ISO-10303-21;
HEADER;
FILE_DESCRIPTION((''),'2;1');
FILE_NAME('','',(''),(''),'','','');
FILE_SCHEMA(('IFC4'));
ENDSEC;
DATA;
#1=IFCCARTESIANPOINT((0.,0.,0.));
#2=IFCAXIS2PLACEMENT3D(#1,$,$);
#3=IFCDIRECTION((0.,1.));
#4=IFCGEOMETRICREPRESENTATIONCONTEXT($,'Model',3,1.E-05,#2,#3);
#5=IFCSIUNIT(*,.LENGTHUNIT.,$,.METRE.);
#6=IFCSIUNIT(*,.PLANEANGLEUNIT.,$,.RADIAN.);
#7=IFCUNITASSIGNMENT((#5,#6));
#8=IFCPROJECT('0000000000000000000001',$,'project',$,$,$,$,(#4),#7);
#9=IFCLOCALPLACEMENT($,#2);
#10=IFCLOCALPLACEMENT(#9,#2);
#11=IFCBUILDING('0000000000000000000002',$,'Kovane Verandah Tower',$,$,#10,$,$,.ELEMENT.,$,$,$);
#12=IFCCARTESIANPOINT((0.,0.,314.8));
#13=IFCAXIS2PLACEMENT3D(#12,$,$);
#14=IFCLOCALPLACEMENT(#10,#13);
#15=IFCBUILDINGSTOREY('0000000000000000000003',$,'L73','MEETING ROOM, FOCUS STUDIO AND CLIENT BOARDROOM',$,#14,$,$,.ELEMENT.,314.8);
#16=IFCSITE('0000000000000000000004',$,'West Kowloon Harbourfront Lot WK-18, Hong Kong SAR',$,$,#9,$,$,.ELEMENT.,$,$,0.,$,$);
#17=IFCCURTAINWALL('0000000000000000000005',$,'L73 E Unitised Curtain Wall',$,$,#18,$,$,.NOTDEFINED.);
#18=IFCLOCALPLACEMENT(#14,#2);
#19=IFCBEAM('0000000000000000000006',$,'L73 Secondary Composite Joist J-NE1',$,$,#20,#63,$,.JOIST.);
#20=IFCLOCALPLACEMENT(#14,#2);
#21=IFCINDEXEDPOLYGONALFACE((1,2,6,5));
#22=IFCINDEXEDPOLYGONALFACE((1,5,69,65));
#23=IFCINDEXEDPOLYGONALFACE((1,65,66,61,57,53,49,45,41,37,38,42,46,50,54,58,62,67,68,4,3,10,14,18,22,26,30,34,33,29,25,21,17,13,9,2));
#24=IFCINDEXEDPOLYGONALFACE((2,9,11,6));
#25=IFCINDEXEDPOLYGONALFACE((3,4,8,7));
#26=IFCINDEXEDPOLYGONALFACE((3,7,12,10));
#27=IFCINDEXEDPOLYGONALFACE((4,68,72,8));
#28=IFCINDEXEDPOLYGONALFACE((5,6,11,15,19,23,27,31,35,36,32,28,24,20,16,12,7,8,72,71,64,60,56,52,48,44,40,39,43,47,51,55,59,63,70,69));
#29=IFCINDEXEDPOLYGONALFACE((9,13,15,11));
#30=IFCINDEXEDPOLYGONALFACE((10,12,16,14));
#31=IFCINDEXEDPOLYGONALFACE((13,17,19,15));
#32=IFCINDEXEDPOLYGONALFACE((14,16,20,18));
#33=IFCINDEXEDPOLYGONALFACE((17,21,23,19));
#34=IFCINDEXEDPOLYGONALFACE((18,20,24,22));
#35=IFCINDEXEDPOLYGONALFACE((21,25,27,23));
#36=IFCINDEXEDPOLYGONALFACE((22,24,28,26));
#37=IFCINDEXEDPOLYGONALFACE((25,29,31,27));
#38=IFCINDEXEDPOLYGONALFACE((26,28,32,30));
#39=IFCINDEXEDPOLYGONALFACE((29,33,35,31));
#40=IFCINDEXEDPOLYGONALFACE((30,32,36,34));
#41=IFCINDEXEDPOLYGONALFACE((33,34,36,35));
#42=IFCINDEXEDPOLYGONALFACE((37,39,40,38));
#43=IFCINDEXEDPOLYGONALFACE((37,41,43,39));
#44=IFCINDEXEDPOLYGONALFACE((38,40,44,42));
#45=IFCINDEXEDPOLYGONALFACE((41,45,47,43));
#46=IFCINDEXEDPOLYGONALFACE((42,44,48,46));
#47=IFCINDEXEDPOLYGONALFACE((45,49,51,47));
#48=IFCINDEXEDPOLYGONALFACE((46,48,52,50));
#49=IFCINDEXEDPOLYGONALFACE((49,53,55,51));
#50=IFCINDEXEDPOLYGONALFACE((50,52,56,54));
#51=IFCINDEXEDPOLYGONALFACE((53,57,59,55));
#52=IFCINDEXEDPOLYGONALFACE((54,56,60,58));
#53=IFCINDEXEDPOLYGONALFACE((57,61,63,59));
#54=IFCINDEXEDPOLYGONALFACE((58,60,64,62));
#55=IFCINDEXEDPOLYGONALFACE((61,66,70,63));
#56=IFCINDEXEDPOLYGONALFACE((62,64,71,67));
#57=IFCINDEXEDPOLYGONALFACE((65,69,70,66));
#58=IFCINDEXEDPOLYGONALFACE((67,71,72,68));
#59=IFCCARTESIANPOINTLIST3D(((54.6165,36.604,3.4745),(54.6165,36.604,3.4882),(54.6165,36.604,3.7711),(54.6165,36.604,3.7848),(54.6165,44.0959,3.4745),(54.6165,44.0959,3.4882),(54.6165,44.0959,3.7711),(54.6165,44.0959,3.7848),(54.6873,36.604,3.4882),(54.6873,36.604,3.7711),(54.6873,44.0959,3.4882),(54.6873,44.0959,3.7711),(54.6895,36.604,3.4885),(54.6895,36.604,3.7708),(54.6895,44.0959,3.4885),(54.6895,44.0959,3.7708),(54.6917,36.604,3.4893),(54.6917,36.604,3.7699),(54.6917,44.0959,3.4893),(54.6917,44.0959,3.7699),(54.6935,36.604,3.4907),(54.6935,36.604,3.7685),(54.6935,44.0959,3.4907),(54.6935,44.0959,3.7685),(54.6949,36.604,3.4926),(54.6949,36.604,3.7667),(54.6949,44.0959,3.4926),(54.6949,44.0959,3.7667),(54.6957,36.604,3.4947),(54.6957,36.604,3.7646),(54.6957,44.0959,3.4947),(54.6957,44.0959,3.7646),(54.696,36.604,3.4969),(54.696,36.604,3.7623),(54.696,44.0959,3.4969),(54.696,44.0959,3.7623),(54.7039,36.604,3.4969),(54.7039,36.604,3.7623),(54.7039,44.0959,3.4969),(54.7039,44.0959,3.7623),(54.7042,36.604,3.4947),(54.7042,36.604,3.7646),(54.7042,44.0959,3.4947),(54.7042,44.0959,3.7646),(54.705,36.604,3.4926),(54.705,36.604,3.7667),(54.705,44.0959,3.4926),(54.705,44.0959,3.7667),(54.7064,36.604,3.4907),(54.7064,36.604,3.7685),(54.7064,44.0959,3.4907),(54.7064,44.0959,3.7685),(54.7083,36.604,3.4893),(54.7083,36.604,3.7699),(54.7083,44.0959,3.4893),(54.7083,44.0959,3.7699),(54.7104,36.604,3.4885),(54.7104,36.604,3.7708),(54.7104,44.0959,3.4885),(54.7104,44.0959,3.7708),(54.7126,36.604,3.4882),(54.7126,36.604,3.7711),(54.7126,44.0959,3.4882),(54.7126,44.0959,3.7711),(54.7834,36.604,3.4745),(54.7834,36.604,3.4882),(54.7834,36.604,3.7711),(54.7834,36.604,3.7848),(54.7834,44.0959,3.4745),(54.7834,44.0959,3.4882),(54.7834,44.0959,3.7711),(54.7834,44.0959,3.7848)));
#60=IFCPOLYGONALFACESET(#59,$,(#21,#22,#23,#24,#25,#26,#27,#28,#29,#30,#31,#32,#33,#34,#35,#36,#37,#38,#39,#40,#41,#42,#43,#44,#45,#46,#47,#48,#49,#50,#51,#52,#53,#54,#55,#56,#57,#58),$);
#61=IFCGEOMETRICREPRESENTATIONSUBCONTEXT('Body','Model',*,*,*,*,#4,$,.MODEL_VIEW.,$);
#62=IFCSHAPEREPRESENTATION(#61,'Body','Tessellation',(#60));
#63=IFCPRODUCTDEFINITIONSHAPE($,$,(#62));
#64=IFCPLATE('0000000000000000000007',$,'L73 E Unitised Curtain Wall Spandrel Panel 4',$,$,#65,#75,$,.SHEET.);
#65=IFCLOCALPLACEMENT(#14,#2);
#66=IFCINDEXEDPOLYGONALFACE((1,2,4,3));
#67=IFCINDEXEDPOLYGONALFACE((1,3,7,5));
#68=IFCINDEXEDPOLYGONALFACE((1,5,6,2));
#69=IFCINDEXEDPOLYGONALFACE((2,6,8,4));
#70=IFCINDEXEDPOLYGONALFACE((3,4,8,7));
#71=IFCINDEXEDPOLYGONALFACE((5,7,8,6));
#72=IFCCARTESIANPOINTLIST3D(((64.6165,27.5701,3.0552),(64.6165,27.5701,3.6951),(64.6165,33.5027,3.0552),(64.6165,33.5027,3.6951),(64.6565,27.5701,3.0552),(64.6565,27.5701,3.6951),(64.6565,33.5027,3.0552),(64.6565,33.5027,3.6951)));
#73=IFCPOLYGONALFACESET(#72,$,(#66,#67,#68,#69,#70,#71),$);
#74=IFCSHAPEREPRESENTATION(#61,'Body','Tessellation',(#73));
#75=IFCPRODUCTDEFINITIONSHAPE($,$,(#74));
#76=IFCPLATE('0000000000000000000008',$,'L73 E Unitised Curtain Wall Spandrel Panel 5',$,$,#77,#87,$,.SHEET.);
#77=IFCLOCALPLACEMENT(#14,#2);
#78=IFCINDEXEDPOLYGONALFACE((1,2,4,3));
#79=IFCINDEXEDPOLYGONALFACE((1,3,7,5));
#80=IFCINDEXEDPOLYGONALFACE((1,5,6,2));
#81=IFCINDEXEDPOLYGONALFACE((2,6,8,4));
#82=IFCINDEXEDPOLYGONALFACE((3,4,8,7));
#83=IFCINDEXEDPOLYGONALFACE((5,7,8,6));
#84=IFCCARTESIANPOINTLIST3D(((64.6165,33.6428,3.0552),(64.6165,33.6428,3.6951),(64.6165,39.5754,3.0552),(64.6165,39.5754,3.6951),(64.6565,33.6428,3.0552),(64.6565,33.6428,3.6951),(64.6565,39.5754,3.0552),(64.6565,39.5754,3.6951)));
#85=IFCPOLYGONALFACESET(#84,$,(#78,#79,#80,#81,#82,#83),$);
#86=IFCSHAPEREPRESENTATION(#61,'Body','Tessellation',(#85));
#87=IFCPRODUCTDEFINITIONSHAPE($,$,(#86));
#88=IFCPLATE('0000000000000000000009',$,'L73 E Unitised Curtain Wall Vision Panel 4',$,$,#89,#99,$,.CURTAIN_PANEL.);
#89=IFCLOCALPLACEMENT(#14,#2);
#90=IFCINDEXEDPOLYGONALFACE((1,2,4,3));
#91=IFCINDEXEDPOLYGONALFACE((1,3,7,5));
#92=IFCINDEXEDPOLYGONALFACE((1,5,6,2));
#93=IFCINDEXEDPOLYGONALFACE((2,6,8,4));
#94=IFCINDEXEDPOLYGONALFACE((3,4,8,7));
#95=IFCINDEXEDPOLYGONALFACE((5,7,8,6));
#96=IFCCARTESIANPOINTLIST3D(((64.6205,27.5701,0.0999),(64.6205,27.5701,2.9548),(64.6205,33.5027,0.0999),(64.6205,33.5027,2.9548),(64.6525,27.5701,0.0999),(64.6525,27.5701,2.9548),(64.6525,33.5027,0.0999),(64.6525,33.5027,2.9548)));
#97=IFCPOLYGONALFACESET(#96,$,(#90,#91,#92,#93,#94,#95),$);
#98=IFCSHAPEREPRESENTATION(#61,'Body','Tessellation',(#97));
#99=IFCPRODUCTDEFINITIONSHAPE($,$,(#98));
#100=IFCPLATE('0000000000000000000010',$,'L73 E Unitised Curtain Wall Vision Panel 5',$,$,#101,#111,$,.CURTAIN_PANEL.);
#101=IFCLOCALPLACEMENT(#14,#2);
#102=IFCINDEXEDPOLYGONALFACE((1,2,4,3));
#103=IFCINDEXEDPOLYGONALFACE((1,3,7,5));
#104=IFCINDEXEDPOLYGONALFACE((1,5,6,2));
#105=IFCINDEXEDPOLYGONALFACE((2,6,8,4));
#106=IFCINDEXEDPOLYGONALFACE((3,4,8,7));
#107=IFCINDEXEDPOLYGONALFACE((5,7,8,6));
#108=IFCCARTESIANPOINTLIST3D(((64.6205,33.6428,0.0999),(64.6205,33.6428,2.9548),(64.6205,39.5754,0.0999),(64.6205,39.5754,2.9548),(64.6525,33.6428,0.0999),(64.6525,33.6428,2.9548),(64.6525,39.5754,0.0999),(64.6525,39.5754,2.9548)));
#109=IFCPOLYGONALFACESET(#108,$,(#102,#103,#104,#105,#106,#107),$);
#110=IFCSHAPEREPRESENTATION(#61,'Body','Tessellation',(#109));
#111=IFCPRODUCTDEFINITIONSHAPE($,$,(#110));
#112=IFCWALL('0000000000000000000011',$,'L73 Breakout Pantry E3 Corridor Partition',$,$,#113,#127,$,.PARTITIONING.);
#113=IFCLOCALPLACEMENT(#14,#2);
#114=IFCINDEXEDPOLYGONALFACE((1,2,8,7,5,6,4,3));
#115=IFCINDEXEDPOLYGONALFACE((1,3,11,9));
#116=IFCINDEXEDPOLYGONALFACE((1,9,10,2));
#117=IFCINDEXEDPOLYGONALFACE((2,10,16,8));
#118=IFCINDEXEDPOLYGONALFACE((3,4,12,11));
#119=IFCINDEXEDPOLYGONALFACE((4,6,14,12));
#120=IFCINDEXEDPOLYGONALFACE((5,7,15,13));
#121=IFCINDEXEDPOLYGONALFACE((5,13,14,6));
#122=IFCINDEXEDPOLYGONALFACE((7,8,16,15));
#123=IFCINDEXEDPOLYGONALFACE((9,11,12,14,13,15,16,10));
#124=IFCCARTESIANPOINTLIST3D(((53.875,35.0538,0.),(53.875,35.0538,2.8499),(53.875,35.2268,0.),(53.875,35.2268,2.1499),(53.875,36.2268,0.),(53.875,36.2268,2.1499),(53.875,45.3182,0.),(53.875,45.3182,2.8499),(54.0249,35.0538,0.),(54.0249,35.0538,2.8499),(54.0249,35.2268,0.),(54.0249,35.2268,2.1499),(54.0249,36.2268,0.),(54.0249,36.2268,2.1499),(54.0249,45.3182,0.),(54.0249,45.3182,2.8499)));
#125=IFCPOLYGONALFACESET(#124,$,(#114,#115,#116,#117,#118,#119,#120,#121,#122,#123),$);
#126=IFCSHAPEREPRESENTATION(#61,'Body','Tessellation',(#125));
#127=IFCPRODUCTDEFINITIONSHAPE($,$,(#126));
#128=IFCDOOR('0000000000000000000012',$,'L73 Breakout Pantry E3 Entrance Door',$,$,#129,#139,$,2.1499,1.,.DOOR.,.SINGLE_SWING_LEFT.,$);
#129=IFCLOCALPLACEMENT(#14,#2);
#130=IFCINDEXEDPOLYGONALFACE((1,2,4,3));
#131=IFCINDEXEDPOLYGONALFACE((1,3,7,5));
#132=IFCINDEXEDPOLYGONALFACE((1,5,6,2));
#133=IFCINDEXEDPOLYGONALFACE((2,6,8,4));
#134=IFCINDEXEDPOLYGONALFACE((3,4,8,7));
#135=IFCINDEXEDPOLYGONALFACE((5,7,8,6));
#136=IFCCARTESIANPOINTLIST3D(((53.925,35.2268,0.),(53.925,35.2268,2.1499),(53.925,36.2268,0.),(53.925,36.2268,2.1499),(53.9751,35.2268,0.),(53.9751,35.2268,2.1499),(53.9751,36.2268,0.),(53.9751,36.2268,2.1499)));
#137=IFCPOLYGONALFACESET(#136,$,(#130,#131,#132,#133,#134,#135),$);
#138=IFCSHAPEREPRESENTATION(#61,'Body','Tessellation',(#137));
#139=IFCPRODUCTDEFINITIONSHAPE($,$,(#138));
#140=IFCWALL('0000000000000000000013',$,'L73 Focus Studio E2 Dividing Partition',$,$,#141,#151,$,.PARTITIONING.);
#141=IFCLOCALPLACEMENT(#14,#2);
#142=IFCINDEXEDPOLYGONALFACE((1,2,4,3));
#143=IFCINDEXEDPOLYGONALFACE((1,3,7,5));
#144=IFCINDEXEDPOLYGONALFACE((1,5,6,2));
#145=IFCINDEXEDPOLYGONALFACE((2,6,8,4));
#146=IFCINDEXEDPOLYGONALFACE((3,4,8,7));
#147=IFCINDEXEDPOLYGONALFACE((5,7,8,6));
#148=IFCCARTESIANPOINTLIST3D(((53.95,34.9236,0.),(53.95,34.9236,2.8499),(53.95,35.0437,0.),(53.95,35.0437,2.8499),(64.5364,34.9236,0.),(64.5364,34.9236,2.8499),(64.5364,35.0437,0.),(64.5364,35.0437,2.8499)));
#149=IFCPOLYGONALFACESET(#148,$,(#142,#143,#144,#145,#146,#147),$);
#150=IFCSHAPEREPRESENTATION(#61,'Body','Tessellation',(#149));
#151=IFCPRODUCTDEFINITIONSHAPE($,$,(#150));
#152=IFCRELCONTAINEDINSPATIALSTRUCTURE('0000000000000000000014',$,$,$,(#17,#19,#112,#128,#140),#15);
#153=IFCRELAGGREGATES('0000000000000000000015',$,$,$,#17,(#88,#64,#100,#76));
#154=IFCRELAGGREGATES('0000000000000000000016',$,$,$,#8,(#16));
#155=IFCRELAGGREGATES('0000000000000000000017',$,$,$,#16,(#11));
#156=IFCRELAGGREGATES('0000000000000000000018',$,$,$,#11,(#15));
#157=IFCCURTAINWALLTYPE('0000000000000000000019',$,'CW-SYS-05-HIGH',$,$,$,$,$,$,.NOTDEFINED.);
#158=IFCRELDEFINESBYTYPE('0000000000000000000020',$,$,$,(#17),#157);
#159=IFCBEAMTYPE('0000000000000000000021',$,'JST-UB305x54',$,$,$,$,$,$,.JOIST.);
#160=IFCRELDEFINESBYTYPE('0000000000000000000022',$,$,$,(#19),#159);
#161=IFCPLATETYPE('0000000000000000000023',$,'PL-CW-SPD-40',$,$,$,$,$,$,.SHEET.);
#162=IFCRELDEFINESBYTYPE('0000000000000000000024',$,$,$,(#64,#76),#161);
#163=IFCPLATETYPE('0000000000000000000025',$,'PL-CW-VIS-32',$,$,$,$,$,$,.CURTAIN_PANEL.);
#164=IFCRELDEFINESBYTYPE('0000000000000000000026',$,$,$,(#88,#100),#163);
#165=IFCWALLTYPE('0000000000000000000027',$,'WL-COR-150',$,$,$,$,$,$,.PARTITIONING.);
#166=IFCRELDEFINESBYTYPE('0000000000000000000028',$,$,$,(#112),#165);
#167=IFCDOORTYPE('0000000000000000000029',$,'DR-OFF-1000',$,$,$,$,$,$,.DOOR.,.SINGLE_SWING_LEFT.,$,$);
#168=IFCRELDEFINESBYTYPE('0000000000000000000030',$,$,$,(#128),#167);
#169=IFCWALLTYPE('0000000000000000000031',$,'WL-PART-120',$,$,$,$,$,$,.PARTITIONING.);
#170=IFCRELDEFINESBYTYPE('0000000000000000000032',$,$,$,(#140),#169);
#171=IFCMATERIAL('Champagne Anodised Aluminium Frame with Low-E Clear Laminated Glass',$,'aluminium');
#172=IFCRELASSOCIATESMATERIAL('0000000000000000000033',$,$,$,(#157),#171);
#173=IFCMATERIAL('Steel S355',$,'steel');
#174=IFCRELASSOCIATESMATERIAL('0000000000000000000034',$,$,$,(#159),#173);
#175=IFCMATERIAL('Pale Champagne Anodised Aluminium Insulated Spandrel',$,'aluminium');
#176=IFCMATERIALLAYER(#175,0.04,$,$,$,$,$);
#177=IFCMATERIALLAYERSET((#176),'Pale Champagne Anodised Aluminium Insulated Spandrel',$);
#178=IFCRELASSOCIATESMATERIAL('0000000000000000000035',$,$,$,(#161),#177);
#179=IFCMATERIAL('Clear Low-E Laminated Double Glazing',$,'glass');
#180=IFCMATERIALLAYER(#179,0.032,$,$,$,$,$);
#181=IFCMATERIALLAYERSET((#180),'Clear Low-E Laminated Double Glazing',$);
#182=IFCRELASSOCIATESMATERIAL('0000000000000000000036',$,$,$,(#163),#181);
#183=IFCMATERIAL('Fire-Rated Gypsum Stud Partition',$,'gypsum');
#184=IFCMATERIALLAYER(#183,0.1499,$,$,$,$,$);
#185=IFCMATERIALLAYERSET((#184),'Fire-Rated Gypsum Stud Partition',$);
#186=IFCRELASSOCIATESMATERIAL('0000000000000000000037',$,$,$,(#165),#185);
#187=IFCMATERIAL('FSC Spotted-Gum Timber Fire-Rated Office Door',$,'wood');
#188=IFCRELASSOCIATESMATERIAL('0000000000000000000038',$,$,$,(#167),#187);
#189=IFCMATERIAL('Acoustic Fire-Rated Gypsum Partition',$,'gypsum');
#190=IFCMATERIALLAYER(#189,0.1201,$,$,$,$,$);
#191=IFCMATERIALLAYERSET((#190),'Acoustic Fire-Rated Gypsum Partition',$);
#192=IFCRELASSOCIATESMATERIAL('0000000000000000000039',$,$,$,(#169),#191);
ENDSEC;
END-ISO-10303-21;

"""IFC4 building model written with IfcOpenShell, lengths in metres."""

from ifc_helpers import new_model, si_unit, direction, frame, frame_2d, origin, origin_2d, place, context, subcontext, project, spatial, rectangle, i_section, extrude, material, layer, layer_set, material_profile, profile_set, type_object, element, fill, aggregate, save


model = new_model("IFC4")

# Units and contexts
model_context = context("Model", 3, precision=1e-05, world=origin(), true_north=direction((0.0, 1.0)))
body_context = subcontext(model_context, "Body", "Model", "MODEL_VIEW")
ifc_project = project(units=[si_unit("LENGTHUNIT", "METRE"), si_unit("PLANEANGLEUNIT", "RADIAN")], contexts=[model_context])

# Site, building, storey
site_placement = place(None, origin())
site = spatial("IfcSite", under=ifc_project, at=site_placement, Name="West Kowloon Harbourfront Lot WK-18, Hong Kong SAR", CompositionType="ELEMENT", RefElevation=0.0)
building_placement = place(site_placement, origin())
building = spatial("IfcBuilding", under=site, at=building_placement, Name="Kovane Verandah Tower", CompositionType="ELEMENT")
storey_placement = place(building_placement, frame((0.0, 0.0, 314.8)))
storey = spatial("IfcBuildingStorey", under=building, at=storey_placement, Name="L73", Description="MEETING ROOM, FOCUS STUDIO AND CLIENT BOARDROOM", CompositionType="ELEMENT", Elevation=314.8)

# Shared definitions
ifc_material_1 = material(Name="Steel S355", Category="steel")

# Curtain wall
ifc_material_2 = material(Name="Champagne Anodised Aluminium Frame with Low-E Clear Laminated Glass", Category="aluminium")
curtain_wall_type = type_object("IfcCurtainWallType", Name="CW-SYS-05-HIGH", PredefinedType="NOTDEFINED", material=ifc_material_2)
curtain_wall_placement = place(storey_placement, origin())
curtain_wall = element("IfcCurtainWall", 1, at=curtain_wall_placement, inside=storey, type_object=curtain_wall_type, Name="L73 E Unitised Curtain Wall", PredefinedType="NOTDEFINED")

# Beam
ifc_material_profile_1 = material_profile(ifc_material_1, i_section(OverallWidth=0.167, OverallDepth=0.3103, WebThickness=0.0078, FlangeThickness=0.0137, FilletRadius=0.0088, at=origin_2d()), Name="UB305x165x54")
ifc_profile_set_1 = profile_set([ifc_material_profile_1], Name="Steel S355")
beam_type_1 = type_object("IfcBeamType", Name="JST-UB305x54", PredefinedType="JOIST", material=ifc_profile_set_1)
beam_1_placement = place(storey_placement, frame((54.7, 36.604, 3.6296), z_axis=(0.0, 1.0, 0.0), x_axis=(-1.0, 0.0, 0.0)))
element("IfcBeam", 2, at=beam_1_placement, inside=storey, type_object=beam_type_1, Name="L73 Secondary Composite Joist J-NE1", PredefinedType="JOIST", context=body_context, shape_type="SweptSolid", body=[
    extrude(i_section(OverallWidth=0.167, OverallDepth=0.3103, WebThickness=0.0078, FlangeThickness=0.0137, FilletRadius=0.0088, at=origin_2d()), origin(), (0.0, 0.0, 1.0), 7.4919),
])

# Plates
ifc_material_3 = material(Name="Pale Champagne Anodised Aluminium Insulated Spandrel", Category="aluminium")
ifc_layer_1 = layer(ifc_material_3, 0.04)
ifc_layer_set_1 = layer_set([ifc_layer_1], Name="Pale Champagne Anodised Aluminium Insulated Spandrel")
plate_type_1 = type_object("IfcPlateType", Name="PL-CW-SPD-40", PredefinedType="SHEET", material=ifc_layer_set_1)
plate_1_placement = place(storey_placement, frame((64.6365, 30.5364, 3.0552), z_axis=(0.0, 0.0, 1.0), x_axis=(0.0, 1.0, 0.0)))
plate_1 = element("IfcPlate", 3, at=plate_1_placement, type_object=plate_type_1, Name="L73 E Unitised Curtain Wall Spandrel Panel 4", PredefinedType="SHEET", context=body_context, shape_type="SweptSolid", body=[
    extrude(rectangle(XDim=5.9326, YDim=0.04, at=origin_2d()), origin(), (0.0, 0.0, 1.0), 0.6399),
])
plate_2_placement = place(storey_placement, frame((64.6365, 36.6091, 3.0552), z_axis=(0.0, 0.0, 1.0), x_axis=(0.0, 1.0, 0.0)))
plate_2 = element("IfcPlate", 4, at=plate_2_placement, type_object=plate_type_1, Name="L73 E Unitised Curtain Wall Spandrel Panel 5", PredefinedType="SHEET", context=body_context, shape_type="SweptSolid", body=[
    extrude(rectangle(XDim=5.9326, YDim=0.04, at=origin_2d()), origin(), (0.0, 0.0, 1.0), 0.6399),
])
ifc_material_4 = material(Name="Clear Low-E Laminated Double Glazing", Category="glass")
ifc_layer_2 = layer(ifc_material_4, 0.032)
ifc_layer_set_2 = layer_set([ifc_layer_2], Name="Clear Low-E Laminated Double Glazing")
plate_type_2 = type_object("IfcPlateType", Name="PL-CW-VIS-32", PredefinedType="CURTAIN_PANEL", material=ifc_layer_set_2)
plate_3_placement = place(storey_placement, frame((64.6365, 30.5364, 0.0999), z_axis=(0.0, 0.0, 1.0), x_axis=(0.0, 1.0, 0.0)))
plate_3 = element("IfcPlate", 5, at=plate_3_placement, type_object=plate_type_2, Name="L73 E Unitised Curtain Wall Vision Panel 4", PredefinedType="CURTAIN_PANEL", context=body_context, shape_type="SweptSolid", body=[
    extrude(rectangle(XDim=5.9326, YDim=0.032, at=origin_2d()), origin(), (0.0, 0.0, 1.0), 2.855),
])
plate_4_placement = place(storey_placement, frame((64.6365, 36.6091, 0.0999), z_axis=(0.0, 0.0, 1.0), x_axis=(0.0, 1.0, 0.0)))
plate_4 = element("IfcPlate", 6, at=plate_4_placement, type_object=plate_type_2, Name="L73 E Unitised Curtain Wall Vision Panel 5", PredefinedType="CURTAIN_PANEL", context=body_context, shape_type="SweptSolid", body=[
    extrude(rectangle(XDim=5.9326, YDim=0.032, at=origin_2d()), origin(), (0.0, 0.0, 1.0), 2.855),
])
aggregate(curtain_wall, [plate_3, plate_1, plate_4, plate_2])

# Wall, opening, door
ifc_material_5 = material(Name="Fire-Rated Gypsum Stud Partition", Category="gypsum")
ifc_layer_3 = layer(ifc_material_5, 0.1499)
ifc_layer_set_3 = layer_set([ifc_layer_3], Name="Fire-Rated Gypsum Stud Partition")
wall_type_1 = type_object("IfcWallType", Name="WL-COR-150", PredefinedType="PARTITIONING", material=ifc_layer_set_3)
wall_1_placement = place(storey_placement, frame((53.95, 35.0537, 0.0), z_axis=(0.0, 0.0, 1.0), x_axis=(0.0, 1.0, 0.0)))
wall_1 = element("IfcWall", 7, at=wall_1_placement, inside=storey, type_object=wall_type_1, Name="L73 Breakout Pantry E3 Corridor Partition", PredefinedType="PARTITIONING", context=body_context, shape_type="SweptSolid", body=[
    extrude(rectangle(XDim=10.2644, YDim=0.1499, at=frame_2d((5.1323, 0.0))), origin(), (0.0, 0.0, 1.0), 2.8499),
])
opening_placement = place(wall_1_placement, frame((0.1731, 0.0, 0.0)))
opening = element("IfcOpeningElement", 8, at=opening_placement, cuts=wall_1, PredefinedType="OPENING", context=body_context, shape_type="SweptSolid", body=[
    extrude(rectangle(XDim=1.0, YDim=2.1499, at=frame_2d((0.5, 1.075))), frame((0.0, 0.075, 0.0), z_axis=(0.0, -1.0, 0.0), x_axis=(1.0, 0.0, 0.0)), (0.0, 0.0, 1.0), 0.1499),
])
ifc_material_6 = material(Name="FSC Spotted-Gum Timber Fire-Rated Office Door", Category="wood")
door_type = type_object("IfcDoorType", Name="DR-OFF-1000", OperationType="SINGLE_SWING_LEFT", PredefinedType="DOOR", material=ifc_material_6)
door_placement = place(opening_placement, origin())
door = element("IfcDoor", 9, at=door_placement, inside=storey, type_object=door_type, Name="L73 Breakout Pantry E3 Entrance Door", OperationType="SINGLE_SWING_LEFT", OverallHeight=2.1499, OverallWidth=1.0, PredefinedType="DOOR", context=body_context, shape_type="SweptSolid", body=[
    extrude(rectangle(XDim=1.0, YDim=2.1499, at=frame_2d((0.5, 1.075))), frame((0.0, 0.0249, 0.0), z_axis=(0.0, -1.0, 0.0), x_axis=(1.0, 0.0, 0.0)), (0.0, 0.0, 1.0), 0.05),
])
fill(opening, door)

# Wall
ifc_material_7 = material(Name="Acoustic Fire-Rated Gypsum Partition", Category="gypsum")
ifc_layer_4 = layer(ifc_material_7, 0.1201)
ifc_layer_set_4 = layer_set([ifc_layer_4], Name="Acoustic Fire-Rated Gypsum Partition")
wall_type_2 = type_object("IfcWallType", Name="WL-PART-120", PredefinedType="PARTITIONING", material=ifc_layer_set_4)
wall_2_placement = place(storey_placement, frame((53.95, 34.9836, 0.0), z_axis=(0.0, 0.0, 1.0), x_axis=(1.0, 0.0, 0.0)))
element("IfcWall", 10, at=wall_2_placement, inside=storey, type_object=wall_type_2, Name="L73 Focus Studio E2 Dividing Partition", PredefinedType="PARTITIONING", context=body_context, shape_type="SweptSolid", body=[
    extrude(rectangle(XDim=10.5864, YDim=0.1201, at=frame_2d((5.2932, 0.0))), origin(), (0.0, 0.0, 1.0), 2.8499),
])

save(model, "model.ifc")
